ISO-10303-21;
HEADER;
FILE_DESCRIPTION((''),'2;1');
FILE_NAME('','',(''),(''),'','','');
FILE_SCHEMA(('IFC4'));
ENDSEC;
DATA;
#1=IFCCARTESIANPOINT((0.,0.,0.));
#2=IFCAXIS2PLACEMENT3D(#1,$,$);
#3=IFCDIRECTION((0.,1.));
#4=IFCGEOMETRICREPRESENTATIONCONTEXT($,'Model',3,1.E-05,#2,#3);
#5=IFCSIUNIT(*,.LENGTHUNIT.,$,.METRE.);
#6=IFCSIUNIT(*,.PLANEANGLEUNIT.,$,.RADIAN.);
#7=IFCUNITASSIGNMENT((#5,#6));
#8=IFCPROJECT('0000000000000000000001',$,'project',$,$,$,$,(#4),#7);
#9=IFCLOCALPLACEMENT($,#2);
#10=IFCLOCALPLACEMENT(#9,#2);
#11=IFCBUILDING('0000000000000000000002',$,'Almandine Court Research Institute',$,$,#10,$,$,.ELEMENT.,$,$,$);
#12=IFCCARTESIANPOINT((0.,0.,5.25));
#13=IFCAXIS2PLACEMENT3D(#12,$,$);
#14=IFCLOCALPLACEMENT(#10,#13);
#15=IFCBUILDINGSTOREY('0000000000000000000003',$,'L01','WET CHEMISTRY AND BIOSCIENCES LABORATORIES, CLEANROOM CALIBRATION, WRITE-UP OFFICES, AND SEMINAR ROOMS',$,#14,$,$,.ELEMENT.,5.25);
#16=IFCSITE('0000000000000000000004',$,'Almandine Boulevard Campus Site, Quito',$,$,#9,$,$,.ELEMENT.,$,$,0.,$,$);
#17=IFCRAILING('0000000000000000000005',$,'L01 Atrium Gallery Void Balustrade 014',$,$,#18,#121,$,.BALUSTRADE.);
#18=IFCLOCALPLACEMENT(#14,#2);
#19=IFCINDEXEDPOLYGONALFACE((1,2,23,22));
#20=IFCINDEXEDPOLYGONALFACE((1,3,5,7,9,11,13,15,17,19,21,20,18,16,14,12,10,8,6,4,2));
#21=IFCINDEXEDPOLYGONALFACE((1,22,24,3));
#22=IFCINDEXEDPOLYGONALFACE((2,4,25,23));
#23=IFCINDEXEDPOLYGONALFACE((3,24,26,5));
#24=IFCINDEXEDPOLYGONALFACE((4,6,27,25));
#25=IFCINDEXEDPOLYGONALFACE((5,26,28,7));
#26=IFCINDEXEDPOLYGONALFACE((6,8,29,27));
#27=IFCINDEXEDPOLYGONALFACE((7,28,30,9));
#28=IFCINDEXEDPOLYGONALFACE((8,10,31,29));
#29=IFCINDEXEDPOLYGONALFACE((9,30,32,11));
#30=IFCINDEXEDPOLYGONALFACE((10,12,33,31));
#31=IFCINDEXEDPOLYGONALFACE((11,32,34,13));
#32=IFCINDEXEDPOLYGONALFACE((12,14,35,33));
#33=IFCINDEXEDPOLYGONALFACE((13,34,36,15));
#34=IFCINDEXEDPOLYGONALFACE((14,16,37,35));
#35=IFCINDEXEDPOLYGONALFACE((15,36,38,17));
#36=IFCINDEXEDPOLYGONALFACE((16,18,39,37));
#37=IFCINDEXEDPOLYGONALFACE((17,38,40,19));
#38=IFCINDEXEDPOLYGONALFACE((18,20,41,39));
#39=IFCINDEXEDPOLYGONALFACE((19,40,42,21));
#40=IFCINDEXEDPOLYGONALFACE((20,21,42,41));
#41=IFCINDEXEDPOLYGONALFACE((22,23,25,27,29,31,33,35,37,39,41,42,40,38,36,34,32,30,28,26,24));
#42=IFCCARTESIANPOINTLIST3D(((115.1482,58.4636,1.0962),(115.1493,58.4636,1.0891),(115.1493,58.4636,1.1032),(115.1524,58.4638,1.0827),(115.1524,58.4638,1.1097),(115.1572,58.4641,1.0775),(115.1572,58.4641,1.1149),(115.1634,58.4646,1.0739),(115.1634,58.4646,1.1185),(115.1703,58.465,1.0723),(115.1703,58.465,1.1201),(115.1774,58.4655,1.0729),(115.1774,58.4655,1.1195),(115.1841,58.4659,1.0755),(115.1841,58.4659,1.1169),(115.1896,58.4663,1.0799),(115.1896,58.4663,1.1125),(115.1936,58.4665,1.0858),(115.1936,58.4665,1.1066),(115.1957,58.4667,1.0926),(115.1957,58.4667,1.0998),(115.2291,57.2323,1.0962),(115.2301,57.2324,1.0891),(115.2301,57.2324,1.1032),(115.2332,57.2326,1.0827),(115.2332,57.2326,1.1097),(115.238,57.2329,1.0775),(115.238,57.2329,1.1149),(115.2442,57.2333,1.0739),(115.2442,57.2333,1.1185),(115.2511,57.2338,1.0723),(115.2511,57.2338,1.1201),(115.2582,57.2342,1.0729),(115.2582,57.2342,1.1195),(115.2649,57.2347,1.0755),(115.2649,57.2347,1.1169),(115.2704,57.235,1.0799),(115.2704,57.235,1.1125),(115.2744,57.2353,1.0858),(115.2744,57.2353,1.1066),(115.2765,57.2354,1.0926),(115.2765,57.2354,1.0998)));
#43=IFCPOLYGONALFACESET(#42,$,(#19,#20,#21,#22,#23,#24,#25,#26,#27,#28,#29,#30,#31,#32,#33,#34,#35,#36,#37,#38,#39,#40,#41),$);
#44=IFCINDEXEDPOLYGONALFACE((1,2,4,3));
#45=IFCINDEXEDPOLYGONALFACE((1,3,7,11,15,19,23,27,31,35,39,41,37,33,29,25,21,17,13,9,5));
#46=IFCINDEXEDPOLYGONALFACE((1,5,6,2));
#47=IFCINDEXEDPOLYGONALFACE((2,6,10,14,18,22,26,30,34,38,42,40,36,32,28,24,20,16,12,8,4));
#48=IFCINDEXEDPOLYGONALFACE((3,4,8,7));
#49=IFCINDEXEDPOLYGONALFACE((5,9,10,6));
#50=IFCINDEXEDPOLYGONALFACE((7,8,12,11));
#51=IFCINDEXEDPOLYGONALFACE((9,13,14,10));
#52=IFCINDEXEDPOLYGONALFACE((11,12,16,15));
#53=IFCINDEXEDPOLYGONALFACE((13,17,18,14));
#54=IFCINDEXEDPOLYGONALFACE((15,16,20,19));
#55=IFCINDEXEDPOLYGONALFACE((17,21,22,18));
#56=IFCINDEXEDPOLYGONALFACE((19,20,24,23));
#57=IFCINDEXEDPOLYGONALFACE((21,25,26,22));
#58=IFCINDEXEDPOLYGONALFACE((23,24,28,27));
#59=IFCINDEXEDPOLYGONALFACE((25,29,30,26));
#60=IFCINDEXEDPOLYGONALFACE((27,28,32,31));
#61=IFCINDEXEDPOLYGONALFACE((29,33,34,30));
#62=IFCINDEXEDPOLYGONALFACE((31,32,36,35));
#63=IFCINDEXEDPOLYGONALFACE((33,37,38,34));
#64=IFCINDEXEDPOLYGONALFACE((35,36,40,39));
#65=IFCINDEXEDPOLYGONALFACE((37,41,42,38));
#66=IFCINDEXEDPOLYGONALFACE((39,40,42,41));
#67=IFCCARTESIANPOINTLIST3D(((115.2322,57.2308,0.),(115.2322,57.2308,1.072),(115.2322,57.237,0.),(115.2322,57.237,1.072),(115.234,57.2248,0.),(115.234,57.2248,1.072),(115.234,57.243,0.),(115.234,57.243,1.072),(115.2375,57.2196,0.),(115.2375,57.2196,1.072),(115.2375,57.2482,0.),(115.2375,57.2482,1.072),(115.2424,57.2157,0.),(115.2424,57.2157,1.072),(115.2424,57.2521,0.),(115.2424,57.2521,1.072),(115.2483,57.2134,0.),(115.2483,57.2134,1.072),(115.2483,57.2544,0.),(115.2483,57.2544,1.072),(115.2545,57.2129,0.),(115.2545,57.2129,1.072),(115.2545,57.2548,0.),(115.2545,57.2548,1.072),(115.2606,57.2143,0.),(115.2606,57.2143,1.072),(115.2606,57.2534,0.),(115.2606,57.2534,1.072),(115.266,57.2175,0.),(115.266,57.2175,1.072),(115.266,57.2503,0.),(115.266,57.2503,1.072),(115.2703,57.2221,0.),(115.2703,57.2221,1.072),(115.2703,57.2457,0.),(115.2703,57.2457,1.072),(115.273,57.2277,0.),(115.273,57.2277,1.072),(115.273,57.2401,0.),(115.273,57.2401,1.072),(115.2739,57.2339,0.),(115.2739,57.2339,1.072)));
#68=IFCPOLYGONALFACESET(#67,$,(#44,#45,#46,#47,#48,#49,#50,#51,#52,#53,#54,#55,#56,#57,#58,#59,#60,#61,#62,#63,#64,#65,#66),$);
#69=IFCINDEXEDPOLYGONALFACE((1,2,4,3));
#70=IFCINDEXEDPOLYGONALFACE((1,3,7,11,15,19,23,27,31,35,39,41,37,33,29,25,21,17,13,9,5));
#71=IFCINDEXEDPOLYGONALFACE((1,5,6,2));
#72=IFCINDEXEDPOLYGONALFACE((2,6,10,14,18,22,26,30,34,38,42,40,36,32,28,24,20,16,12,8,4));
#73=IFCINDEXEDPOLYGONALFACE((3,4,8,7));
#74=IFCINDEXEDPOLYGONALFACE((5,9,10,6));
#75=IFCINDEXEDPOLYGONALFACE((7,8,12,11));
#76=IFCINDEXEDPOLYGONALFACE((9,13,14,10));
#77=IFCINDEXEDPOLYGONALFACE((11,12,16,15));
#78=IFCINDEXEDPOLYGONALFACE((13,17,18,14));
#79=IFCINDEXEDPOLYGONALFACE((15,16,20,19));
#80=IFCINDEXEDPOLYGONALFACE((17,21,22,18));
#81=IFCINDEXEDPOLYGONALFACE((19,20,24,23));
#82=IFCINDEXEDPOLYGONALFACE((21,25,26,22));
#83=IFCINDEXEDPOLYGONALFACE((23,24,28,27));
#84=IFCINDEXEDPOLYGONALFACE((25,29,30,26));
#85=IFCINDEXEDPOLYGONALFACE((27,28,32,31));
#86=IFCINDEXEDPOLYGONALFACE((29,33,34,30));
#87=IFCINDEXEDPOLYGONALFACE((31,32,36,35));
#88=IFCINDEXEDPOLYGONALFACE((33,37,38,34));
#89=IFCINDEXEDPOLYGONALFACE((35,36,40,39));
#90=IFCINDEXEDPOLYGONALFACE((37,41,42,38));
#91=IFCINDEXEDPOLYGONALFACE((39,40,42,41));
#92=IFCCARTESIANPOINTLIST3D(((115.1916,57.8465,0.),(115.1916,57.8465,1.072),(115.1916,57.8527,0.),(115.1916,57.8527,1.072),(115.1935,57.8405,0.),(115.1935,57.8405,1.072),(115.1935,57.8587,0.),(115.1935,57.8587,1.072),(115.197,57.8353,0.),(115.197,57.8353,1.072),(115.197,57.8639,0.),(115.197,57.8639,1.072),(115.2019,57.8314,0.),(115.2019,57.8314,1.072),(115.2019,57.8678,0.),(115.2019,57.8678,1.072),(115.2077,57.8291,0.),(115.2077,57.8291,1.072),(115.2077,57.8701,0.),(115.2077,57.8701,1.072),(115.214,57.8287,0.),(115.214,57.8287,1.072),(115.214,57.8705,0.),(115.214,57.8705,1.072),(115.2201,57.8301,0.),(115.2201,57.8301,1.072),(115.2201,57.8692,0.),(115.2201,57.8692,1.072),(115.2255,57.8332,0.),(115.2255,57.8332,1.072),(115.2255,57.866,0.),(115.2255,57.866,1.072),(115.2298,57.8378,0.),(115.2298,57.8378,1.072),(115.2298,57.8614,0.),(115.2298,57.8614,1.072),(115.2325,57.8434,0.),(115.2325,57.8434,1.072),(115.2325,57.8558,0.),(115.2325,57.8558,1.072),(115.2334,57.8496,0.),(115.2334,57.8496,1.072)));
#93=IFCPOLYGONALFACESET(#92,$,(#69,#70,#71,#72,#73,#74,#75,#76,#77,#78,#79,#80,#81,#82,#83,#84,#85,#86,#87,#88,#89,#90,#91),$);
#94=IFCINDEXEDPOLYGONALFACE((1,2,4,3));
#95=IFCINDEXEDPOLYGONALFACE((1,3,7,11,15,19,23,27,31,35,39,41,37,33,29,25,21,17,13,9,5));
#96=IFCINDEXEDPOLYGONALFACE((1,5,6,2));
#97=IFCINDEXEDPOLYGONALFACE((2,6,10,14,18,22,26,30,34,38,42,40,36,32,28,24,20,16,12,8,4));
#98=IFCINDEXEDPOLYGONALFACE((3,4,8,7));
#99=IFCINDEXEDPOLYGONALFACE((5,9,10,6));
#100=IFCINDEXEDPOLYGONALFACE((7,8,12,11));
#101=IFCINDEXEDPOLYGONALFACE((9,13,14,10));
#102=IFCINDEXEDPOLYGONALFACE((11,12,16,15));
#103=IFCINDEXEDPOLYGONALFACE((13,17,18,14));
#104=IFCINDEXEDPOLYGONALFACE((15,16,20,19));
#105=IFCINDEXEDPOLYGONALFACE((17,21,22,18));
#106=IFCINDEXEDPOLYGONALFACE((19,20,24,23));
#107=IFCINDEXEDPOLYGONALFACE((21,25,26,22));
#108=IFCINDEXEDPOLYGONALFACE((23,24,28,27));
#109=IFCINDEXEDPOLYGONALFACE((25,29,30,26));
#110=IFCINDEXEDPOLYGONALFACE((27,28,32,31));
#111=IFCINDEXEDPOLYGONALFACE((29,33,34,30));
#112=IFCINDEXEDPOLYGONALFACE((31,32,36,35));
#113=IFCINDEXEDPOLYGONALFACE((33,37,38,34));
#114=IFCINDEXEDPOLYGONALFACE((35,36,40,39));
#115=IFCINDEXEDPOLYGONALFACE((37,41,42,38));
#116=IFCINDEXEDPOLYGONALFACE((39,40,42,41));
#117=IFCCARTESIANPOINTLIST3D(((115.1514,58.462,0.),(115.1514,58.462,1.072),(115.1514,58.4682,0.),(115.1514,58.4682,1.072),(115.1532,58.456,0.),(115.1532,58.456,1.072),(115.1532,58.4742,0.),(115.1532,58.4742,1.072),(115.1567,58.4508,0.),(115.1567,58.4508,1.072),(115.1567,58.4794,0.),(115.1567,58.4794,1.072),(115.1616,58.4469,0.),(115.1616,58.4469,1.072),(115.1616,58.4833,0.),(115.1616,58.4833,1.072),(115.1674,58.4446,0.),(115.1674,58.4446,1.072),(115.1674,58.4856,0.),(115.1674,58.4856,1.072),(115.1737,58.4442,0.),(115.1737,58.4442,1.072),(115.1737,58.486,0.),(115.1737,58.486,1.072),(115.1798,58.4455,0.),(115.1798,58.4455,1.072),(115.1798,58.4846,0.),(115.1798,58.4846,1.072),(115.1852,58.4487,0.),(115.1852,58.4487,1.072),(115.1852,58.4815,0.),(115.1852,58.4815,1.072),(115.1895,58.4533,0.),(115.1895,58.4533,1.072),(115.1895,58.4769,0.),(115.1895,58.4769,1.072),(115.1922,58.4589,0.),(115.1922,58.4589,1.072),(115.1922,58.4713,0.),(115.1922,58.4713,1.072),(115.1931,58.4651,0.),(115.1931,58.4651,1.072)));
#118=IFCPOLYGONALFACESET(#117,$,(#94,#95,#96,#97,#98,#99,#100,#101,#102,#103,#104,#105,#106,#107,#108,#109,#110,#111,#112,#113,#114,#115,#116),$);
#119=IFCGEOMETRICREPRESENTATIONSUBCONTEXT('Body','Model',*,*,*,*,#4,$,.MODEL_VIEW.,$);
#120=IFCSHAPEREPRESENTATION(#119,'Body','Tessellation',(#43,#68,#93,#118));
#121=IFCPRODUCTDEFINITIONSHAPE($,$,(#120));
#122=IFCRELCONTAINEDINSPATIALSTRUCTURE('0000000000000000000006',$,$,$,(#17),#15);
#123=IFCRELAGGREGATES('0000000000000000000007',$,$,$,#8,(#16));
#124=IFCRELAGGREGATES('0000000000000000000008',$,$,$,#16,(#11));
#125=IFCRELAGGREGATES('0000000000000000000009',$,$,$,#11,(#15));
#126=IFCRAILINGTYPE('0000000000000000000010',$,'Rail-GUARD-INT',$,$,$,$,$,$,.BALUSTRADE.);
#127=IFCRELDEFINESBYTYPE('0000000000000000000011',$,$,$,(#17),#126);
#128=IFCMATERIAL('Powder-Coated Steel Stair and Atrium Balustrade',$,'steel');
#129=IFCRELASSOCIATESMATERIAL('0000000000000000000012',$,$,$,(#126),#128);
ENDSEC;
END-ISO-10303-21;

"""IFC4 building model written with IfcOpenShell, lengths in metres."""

from ifc_helpers import new_model, si_unit, direction, frame, origin, origin_2d, place, context, subcontext, project, spatial, circle, extrude, material, type_object, element, save


model = new_model("IFC4")

# Units and contexts
model_context = context("Model", 3, precision=1e-05, world=origin(), true_north=direction((0.0, 1.0)))
body_context = subcontext(model_context, "Body", "Model", "MODEL_VIEW")
ifc_project = project(units=[si_unit("LENGTHUNIT", "METRE"), si_unit("PLANEANGLEUNIT", "RADIAN")], contexts=[model_context])

# Site, building, storey
site_placement = place(None, origin())
site = spatial("IfcSite", under=ifc_project, at=site_placement, Name="Almandine Boulevard Campus Site, Quito", CompositionType="ELEMENT", RefElevation=0.0)
building_placement = place(site_placement, origin())
building = spatial("IfcBuilding", under=site, at=building_placement, Name="Almandine Court Research Institute", CompositionType="ELEMENT")
storey_placement = place(building_placement, frame((0.0, 0.0, 5.25)))
storey = spatial("IfcBuildingStorey", under=building, at=storey_placement, Name="L01", Description="WET CHEMISTRY AND BIOSCIENCES LABORATORIES, CLEANROOM CALIBRATION, WRITE-UP OFFICES, AND SEMINAR ROOMS", CompositionType="ELEMENT", Elevation=5.25)

# Railing
ifc_material_1 = material(Name="Powder-Coated Steel Stair and Atrium Balustrade", Category="steel")
railing_type = type_object("IfcRailingType", Name="Rail-GUARD-INT", PredefinedType="BALUSTRADE", material=ifc_material_1)
railing_1_placement = place(storey_placement, frame((115.2529, 57.2339, 0.0)))
element("IfcRailing", 1, at=railing_1_placement, inside=storey, type_object=railing_type, Name="L01 Atrium Gallery Void Balustrade 014", PredefinedType="BALUSTRADE", context=body_context, shape_type="SweptSolid", body=[
    extrude(circle(Radius=0.0239, at=origin_2d()), frame((0.0, 0.0, 1.0962), z_axis=(-0.065495, 0.997853, 0.0), x_axis=(-0.997853, -0.065495, 0.0)), (0.0, 0.0, 1.0), 1.2339),
    extrude(circle(Radius=0.021, at=origin_2d()), origin(), (0.0, 0.0, 1.0), 1.072),
    extrude(circle(Radius=0.021, at=origin_2d()), frame((-0.0405, 0.6157, 0.0)), (0.0, 0.0, 1.0), 1.072),
    extrude(circle(Radius=0.021, at=origin_2d()), frame((-0.0808, 1.2312, 0.0)), (0.0, 0.0, 1.0), 1.072),
])

save(model, "model.ifc")
